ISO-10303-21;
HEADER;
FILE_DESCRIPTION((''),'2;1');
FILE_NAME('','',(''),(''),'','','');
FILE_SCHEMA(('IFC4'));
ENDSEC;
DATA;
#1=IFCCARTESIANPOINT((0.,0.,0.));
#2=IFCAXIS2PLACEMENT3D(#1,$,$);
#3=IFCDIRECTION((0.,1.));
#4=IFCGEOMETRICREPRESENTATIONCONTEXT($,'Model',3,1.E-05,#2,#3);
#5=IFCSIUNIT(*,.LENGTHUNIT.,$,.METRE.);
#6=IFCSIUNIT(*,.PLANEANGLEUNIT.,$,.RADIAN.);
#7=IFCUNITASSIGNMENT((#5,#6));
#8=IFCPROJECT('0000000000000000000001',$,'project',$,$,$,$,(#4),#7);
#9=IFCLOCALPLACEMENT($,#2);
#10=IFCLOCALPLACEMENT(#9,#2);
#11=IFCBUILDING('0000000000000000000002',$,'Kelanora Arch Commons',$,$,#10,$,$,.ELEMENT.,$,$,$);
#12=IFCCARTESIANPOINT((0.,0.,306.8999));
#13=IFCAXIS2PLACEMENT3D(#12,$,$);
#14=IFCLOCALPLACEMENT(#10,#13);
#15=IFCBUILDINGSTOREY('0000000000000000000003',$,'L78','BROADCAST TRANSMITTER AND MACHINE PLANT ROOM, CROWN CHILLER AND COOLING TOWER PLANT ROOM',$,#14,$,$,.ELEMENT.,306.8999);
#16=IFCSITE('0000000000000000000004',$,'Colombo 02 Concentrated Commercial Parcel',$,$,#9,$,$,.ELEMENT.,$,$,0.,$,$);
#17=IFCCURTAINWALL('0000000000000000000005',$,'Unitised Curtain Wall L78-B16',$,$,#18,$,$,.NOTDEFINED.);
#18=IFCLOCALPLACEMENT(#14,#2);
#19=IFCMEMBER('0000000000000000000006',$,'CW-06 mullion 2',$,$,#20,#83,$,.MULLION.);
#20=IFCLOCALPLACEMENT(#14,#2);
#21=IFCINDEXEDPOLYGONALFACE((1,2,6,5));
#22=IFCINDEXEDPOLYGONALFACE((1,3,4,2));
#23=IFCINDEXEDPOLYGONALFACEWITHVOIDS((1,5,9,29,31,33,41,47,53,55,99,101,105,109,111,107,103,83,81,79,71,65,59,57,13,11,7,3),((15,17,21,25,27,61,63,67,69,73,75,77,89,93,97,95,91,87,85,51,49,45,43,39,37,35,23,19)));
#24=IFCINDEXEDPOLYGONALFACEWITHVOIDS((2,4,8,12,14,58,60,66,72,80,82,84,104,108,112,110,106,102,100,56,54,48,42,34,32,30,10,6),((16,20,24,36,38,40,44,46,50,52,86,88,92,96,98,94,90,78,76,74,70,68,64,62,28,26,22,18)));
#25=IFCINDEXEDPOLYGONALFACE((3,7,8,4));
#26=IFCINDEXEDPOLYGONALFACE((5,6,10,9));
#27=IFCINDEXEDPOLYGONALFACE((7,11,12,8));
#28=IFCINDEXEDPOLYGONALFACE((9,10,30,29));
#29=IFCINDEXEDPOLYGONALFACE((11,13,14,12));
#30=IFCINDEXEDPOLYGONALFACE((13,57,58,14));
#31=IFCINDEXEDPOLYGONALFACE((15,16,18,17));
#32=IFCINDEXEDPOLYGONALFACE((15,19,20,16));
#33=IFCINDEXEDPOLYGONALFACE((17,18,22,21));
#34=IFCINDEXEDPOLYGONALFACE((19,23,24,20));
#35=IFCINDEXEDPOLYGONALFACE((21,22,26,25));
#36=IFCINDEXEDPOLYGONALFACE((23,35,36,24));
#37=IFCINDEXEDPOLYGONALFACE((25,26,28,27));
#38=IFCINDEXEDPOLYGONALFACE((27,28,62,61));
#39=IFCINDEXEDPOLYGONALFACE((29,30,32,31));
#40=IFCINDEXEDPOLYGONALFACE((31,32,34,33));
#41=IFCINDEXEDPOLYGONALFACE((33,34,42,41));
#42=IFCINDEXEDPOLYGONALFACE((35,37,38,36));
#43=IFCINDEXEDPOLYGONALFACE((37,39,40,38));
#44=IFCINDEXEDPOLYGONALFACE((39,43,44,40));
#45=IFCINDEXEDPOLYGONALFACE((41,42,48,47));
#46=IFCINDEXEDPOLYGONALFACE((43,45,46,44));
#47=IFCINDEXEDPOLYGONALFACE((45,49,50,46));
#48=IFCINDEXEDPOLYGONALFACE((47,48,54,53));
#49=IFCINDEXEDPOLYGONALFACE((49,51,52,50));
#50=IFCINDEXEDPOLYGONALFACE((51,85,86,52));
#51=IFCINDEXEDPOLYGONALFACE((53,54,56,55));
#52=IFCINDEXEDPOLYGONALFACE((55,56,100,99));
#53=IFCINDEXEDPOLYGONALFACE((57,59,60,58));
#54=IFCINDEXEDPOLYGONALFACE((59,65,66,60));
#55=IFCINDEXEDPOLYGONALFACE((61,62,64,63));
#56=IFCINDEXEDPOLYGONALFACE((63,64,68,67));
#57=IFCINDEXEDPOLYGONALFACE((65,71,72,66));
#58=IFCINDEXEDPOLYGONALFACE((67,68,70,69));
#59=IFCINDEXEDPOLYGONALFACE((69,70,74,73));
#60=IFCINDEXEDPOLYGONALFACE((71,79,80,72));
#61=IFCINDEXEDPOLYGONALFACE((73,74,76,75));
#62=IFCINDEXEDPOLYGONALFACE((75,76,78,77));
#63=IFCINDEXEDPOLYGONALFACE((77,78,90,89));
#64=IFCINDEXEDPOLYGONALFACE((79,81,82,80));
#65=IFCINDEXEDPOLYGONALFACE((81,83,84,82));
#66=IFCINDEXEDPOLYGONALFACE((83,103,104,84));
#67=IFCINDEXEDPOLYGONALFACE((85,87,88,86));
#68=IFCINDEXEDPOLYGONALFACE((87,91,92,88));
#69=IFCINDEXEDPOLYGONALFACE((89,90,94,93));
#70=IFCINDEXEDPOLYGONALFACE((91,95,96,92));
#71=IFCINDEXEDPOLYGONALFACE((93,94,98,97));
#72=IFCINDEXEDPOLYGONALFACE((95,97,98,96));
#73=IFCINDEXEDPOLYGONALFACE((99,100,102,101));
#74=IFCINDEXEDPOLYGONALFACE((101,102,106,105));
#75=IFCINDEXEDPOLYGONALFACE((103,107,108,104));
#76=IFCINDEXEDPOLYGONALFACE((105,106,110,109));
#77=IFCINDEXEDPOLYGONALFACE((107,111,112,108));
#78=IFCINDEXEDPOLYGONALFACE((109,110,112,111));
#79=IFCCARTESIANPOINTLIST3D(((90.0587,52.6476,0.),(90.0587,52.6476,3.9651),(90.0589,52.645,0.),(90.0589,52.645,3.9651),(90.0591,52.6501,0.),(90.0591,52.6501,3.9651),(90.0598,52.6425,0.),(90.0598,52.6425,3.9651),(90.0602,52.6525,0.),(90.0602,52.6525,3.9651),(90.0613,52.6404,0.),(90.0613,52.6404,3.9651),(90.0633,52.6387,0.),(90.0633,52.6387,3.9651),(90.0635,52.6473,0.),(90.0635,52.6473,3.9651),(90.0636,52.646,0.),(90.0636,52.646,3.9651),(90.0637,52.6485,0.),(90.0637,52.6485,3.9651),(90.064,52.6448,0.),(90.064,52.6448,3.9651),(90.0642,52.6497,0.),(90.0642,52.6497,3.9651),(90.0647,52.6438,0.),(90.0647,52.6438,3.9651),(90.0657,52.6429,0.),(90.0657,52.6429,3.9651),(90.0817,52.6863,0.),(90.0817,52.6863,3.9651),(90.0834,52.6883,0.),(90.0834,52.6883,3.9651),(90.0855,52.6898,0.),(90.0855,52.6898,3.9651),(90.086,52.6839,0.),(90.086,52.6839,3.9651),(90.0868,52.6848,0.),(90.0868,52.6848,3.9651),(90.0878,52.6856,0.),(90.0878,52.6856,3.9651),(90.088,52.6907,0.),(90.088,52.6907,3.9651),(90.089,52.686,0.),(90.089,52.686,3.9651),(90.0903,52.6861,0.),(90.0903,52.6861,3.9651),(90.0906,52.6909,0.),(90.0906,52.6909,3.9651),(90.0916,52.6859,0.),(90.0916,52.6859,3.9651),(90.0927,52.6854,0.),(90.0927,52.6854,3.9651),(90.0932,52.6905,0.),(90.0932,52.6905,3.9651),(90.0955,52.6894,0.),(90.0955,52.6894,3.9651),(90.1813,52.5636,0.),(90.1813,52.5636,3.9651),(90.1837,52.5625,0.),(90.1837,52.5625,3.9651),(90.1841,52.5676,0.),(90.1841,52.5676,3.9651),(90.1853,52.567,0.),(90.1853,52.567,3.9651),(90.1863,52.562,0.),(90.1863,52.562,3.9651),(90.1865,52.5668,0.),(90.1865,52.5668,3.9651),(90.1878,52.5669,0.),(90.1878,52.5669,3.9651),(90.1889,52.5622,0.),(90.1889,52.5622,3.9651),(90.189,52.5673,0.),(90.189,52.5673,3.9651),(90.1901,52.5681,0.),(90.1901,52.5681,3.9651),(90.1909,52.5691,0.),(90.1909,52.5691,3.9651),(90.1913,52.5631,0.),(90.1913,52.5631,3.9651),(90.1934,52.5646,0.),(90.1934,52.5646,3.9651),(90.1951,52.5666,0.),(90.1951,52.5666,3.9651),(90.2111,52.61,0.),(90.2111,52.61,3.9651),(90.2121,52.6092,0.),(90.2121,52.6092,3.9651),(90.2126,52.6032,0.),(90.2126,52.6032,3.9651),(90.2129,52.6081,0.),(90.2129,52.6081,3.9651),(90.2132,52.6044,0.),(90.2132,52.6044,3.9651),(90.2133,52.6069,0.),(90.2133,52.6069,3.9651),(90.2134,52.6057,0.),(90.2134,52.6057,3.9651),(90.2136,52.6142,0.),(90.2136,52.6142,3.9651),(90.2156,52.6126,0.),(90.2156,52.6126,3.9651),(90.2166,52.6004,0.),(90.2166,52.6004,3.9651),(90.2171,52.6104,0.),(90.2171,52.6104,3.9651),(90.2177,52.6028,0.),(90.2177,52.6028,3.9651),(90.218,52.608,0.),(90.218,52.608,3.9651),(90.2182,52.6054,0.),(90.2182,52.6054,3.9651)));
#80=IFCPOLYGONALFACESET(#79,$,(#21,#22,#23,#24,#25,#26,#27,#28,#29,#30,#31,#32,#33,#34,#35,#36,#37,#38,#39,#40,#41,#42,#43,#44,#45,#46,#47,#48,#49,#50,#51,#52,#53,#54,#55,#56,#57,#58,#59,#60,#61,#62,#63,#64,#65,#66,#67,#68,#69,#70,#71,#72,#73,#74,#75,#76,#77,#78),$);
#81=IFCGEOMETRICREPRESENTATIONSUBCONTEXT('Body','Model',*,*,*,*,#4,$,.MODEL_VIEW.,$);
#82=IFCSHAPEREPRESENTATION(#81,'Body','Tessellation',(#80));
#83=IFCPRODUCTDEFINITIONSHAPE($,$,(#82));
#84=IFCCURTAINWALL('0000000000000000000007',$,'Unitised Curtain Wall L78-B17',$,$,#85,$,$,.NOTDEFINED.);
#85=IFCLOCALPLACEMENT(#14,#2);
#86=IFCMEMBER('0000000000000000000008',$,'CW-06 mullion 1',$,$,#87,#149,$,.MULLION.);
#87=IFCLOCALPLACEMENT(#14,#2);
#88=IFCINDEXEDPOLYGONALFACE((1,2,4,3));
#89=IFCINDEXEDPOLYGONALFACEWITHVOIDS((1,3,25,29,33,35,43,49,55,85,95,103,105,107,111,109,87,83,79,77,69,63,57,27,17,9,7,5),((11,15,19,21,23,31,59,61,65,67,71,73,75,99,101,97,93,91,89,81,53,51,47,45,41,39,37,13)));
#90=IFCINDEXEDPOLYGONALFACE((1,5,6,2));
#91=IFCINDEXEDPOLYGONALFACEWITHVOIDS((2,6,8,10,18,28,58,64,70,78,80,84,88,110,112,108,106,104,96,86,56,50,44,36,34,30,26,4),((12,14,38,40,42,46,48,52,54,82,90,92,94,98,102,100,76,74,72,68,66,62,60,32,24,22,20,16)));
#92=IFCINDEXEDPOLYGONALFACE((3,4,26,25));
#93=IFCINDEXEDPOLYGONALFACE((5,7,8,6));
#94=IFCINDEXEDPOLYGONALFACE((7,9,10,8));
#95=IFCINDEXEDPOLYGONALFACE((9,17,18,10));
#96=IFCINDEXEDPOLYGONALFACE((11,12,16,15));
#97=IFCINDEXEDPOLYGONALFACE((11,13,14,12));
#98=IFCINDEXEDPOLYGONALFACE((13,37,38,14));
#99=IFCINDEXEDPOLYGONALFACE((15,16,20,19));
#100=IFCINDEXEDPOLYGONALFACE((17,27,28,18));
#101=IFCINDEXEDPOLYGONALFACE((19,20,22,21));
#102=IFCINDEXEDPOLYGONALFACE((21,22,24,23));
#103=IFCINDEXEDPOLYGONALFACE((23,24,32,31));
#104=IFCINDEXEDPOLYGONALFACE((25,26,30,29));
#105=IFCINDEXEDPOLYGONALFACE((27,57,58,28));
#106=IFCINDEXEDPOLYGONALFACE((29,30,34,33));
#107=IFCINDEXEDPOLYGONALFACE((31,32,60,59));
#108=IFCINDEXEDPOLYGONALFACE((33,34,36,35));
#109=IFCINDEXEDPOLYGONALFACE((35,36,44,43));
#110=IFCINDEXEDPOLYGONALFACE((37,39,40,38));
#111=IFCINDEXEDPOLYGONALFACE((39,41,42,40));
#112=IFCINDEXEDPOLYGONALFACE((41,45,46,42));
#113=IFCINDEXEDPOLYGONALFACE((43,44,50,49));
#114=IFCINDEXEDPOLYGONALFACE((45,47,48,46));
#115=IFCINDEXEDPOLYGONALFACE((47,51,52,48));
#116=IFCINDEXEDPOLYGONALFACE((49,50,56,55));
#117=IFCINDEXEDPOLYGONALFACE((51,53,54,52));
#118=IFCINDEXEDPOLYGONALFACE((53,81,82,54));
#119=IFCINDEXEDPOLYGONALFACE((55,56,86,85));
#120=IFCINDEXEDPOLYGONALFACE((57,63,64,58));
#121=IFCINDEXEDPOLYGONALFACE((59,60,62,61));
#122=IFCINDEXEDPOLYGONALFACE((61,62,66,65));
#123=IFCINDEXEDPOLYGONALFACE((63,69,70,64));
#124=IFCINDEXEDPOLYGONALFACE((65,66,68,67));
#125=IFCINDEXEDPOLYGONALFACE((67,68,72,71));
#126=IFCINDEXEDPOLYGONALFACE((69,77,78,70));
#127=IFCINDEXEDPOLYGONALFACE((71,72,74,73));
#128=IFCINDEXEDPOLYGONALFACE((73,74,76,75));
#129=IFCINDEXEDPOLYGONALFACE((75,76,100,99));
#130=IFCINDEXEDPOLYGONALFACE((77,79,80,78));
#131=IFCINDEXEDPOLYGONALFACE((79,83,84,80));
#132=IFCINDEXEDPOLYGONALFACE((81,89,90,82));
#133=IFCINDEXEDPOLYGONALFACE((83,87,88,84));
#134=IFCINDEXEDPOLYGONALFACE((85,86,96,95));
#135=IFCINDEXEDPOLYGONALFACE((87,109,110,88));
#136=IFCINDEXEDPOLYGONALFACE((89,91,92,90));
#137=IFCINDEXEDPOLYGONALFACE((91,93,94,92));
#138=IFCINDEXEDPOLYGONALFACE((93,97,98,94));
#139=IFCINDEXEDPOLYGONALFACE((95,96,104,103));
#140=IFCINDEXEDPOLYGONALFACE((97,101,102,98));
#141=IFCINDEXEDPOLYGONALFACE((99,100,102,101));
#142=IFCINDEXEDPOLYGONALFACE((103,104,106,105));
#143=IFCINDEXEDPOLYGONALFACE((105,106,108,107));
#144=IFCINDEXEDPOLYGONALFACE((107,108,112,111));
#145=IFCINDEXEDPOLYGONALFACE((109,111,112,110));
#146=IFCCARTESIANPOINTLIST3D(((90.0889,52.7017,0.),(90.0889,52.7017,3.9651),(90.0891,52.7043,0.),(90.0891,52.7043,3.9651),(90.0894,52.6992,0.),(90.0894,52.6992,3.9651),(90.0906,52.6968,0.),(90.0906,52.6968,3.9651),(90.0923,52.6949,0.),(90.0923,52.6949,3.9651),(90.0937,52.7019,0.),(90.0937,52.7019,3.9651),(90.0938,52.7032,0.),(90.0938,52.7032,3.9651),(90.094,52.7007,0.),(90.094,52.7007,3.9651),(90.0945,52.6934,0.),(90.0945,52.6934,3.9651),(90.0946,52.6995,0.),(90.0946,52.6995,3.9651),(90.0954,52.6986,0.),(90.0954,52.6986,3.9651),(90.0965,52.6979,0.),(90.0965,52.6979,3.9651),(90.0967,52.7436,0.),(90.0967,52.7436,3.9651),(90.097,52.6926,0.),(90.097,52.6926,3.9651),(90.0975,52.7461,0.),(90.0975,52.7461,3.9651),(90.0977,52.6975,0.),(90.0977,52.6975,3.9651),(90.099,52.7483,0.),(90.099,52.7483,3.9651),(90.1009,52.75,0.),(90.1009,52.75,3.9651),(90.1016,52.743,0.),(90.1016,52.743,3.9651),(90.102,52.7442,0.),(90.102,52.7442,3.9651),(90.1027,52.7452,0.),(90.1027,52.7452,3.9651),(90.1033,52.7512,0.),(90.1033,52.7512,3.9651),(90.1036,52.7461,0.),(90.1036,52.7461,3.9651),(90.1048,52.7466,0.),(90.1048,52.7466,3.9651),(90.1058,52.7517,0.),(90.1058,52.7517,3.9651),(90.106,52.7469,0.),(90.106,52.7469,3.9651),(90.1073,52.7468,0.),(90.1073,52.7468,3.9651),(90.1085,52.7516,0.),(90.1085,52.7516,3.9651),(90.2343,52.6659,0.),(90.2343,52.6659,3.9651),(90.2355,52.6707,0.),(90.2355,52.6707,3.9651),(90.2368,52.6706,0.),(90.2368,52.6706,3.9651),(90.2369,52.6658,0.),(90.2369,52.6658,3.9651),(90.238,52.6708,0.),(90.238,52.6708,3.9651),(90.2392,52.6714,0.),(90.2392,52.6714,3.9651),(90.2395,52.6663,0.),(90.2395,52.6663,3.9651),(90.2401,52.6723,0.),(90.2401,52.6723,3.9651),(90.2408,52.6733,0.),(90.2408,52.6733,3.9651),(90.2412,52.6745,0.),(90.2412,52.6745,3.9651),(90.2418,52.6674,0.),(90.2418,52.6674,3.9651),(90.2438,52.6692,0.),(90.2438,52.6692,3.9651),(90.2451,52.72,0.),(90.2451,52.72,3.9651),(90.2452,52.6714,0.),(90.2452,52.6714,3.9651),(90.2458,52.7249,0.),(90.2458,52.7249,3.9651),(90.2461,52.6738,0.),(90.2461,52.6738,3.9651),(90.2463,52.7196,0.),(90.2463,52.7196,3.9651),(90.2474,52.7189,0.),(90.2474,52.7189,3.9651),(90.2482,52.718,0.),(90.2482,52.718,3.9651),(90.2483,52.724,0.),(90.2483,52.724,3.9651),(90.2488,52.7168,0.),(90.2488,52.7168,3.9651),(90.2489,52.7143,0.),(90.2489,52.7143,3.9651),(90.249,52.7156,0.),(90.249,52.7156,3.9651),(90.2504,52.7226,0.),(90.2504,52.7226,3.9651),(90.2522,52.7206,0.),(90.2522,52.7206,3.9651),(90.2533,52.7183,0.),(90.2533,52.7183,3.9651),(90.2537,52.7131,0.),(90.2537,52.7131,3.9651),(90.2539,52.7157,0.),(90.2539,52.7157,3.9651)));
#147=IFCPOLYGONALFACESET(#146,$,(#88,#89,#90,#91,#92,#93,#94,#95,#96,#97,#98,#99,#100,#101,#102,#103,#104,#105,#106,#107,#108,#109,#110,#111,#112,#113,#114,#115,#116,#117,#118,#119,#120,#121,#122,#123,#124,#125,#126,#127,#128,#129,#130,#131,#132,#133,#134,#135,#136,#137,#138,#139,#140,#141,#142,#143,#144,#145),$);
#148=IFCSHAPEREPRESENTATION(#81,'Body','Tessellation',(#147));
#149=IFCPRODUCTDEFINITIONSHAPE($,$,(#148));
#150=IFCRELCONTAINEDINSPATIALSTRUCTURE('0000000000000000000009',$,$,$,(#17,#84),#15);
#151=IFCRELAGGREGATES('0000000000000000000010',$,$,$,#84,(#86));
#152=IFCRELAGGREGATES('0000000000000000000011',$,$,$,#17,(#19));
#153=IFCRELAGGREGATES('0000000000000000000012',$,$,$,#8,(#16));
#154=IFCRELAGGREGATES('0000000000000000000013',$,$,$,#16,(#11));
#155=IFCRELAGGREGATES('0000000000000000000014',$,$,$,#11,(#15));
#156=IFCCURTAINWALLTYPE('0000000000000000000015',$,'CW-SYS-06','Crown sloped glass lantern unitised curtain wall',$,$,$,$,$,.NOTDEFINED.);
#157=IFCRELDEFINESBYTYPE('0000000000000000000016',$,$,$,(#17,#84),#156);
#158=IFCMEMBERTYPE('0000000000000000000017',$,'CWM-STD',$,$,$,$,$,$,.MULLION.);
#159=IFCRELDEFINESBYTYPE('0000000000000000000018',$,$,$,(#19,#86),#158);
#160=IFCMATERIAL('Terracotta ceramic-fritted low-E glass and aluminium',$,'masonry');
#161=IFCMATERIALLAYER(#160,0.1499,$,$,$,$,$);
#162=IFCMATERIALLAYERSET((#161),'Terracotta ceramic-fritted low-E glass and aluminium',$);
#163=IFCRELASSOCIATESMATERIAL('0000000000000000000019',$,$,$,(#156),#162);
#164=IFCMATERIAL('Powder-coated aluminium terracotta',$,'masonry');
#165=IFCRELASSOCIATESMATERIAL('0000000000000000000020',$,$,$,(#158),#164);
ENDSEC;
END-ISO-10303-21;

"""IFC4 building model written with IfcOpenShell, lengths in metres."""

from ifc_helpers import new_model, si_unit, direction, frame, origin, origin_2d, place, context, subcontext, project, spatial, hollow_rectangle, extrude, material, layer, layer_set, material_profile, profile_set, type_object, element, aggregate, save


model = new_model("IFC4")

# Units and contexts
model_context = context("Model", 3, precision=1e-05, world=origin(), true_north=direction((0.0, 1.0)))
body_context = subcontext(model_context, "Body", "Model", "MODEL_VIEW")
ifc_project = project(units=[si_unit("LENGTHUNIT", "METRE"), si_unit("PLANEANGLEUNIT", "RADIAN")], contexts=[model_context])

# Site, building, storey
site_placement = place(None, origin())
site = spatial("IfcSite", under=ifc_project, at=site_placement, Name="Colombo 02 Concentrated Commercial Parcel", CompositionType="ELEMENT", RefElevation=0.0)
building_placement = place(site_placement, origin())
building = spatial("IfcBuilding", under=site, at=building_placement, Name="Kelanora Arch Commons", CompositionType="ELEMENT")
storey_placement = place(building_placement, frame((0.0, 0.0, 306.8999)))
storey = spatial("IfcBuildingStorey", under=building, at=storey_placement, Name="L78", Description="BROADCAST TRANSMITTER AND MACHINE PLANT ROOM, CROWN CHILLER AND COOLING TOWER PLANT ROOM", CompositionType="ELEMENT", Elevation=306.8999)

# Curtain wall, member
ifc_material_1 = material(Name="Terracotta ceramic-fritted low-E glass and aluminium", Category="masonry")
ifc_layer_1 = layer(ifc_material_1, 0.1499)
ifc_layer_set_1 = layer_set([ifc_layer_1], Name="Terracotta ceramic-fritted low-E glass and aluminium")
curtain_wall_type = type_object("IfcCurtainWallType", Name="CW-SYS-06", Description="Crown sloped glass lantern unitised curtain wall", PredefinedType="NOTDEFINED", material=ifc_layer_set_1)
curtain_wall_1_placement = place(storey_placement, origin())
curtain_wall_1 = element("IfcCurtainWall", 1, at=curtain_wall_1_placement, inside=storey, type_object=curtain_wall_type, Name="Unitised Curtain Wall L78-B16", PredefinedType="NOTDEFINED")
ifc_material_2 = material(Name="Powder-coated aluminium terracotta", Category="masonry")
ifc_material_profile_1 = material_profile(ifc_material_2, hollow_rectangle(XDim=0.1599, YDim=0.0601, WallThickness=0.0049, InnerFilletRadius=0.0049, OuterFilletRadius=0.01, at=origin_2d()), Name="CWM160x60")
ifc_profile_set_1 = profile_set([ifc_material_profile_1], Name="Powder-coated aluminium terracotta")
member_type_1 = type_object("IfcMemberType", Name="CWM-STD", PredefinedType="MULLION", material=ifc_profile_set_1)
member_1_placement = place(storey_placement, frame((90.1384, 52.6265, 0.0), z_axis=(0.0, 0.0, 1.0), x_axis=(-0.843592, 0.536984, 0.0)))
member_1 = element("IfcMember", 2, at=member_1_placement, type_object=member_type_1, Name="CW-06 mullion 2", PredefinedType="MULLION", context=body_context, shape_type="SweptSolid", body=[
    extrude(hollow_rectangle(XDim=0.1599, YDim=0.0601, WallThickness=0.0049, InnerFilletRadius=0.0049, OuterFilletRadius=0.01, at=origin_2d()), origin(), (0.0, 0.0, 1.0), 3.9651),
])

# Curtain wall, member
curtain_wall_2_placement = place(storey_placement, origin())
curtain_wall_2 = element("IfcCurtainWall", 3, at=curtain_wall_2_placement, inside=storey, type_object=curtain_wall_type, Name="Unitised Curtain Wall L78-B17", PredefinedType="NOTDEFINED")
member_2_placement = place(storey_placement, frame((90.1714, 52.7087, 0.0), z_axis=(0.0, 0.0, 1.0), x_axis=(-0.981624, 0.190827, 0.0)))
member_2 = element("IfcMember", 4, at=member_2_placement, type_object=member_type_1, Name="CW-06 mullion 1", PredefinedType="MULLION", context=body_context, shape_type="SweptSolid", body=[
    extrude(hollow_rectangle(XDim=0.1599, YDim=0.0601, WallThickness=0.0049, InnerFilletRadius=0.0049, OuterFilletRadius=0.01, at=origin_2d()), origin(), (0.0, 0.0, 1.0), 3.9651),
])

aggregate(curtain_wall_2, [member_2])
aggregate(curtain_wall_1, [member_1])

save(model, "model.ifc")
